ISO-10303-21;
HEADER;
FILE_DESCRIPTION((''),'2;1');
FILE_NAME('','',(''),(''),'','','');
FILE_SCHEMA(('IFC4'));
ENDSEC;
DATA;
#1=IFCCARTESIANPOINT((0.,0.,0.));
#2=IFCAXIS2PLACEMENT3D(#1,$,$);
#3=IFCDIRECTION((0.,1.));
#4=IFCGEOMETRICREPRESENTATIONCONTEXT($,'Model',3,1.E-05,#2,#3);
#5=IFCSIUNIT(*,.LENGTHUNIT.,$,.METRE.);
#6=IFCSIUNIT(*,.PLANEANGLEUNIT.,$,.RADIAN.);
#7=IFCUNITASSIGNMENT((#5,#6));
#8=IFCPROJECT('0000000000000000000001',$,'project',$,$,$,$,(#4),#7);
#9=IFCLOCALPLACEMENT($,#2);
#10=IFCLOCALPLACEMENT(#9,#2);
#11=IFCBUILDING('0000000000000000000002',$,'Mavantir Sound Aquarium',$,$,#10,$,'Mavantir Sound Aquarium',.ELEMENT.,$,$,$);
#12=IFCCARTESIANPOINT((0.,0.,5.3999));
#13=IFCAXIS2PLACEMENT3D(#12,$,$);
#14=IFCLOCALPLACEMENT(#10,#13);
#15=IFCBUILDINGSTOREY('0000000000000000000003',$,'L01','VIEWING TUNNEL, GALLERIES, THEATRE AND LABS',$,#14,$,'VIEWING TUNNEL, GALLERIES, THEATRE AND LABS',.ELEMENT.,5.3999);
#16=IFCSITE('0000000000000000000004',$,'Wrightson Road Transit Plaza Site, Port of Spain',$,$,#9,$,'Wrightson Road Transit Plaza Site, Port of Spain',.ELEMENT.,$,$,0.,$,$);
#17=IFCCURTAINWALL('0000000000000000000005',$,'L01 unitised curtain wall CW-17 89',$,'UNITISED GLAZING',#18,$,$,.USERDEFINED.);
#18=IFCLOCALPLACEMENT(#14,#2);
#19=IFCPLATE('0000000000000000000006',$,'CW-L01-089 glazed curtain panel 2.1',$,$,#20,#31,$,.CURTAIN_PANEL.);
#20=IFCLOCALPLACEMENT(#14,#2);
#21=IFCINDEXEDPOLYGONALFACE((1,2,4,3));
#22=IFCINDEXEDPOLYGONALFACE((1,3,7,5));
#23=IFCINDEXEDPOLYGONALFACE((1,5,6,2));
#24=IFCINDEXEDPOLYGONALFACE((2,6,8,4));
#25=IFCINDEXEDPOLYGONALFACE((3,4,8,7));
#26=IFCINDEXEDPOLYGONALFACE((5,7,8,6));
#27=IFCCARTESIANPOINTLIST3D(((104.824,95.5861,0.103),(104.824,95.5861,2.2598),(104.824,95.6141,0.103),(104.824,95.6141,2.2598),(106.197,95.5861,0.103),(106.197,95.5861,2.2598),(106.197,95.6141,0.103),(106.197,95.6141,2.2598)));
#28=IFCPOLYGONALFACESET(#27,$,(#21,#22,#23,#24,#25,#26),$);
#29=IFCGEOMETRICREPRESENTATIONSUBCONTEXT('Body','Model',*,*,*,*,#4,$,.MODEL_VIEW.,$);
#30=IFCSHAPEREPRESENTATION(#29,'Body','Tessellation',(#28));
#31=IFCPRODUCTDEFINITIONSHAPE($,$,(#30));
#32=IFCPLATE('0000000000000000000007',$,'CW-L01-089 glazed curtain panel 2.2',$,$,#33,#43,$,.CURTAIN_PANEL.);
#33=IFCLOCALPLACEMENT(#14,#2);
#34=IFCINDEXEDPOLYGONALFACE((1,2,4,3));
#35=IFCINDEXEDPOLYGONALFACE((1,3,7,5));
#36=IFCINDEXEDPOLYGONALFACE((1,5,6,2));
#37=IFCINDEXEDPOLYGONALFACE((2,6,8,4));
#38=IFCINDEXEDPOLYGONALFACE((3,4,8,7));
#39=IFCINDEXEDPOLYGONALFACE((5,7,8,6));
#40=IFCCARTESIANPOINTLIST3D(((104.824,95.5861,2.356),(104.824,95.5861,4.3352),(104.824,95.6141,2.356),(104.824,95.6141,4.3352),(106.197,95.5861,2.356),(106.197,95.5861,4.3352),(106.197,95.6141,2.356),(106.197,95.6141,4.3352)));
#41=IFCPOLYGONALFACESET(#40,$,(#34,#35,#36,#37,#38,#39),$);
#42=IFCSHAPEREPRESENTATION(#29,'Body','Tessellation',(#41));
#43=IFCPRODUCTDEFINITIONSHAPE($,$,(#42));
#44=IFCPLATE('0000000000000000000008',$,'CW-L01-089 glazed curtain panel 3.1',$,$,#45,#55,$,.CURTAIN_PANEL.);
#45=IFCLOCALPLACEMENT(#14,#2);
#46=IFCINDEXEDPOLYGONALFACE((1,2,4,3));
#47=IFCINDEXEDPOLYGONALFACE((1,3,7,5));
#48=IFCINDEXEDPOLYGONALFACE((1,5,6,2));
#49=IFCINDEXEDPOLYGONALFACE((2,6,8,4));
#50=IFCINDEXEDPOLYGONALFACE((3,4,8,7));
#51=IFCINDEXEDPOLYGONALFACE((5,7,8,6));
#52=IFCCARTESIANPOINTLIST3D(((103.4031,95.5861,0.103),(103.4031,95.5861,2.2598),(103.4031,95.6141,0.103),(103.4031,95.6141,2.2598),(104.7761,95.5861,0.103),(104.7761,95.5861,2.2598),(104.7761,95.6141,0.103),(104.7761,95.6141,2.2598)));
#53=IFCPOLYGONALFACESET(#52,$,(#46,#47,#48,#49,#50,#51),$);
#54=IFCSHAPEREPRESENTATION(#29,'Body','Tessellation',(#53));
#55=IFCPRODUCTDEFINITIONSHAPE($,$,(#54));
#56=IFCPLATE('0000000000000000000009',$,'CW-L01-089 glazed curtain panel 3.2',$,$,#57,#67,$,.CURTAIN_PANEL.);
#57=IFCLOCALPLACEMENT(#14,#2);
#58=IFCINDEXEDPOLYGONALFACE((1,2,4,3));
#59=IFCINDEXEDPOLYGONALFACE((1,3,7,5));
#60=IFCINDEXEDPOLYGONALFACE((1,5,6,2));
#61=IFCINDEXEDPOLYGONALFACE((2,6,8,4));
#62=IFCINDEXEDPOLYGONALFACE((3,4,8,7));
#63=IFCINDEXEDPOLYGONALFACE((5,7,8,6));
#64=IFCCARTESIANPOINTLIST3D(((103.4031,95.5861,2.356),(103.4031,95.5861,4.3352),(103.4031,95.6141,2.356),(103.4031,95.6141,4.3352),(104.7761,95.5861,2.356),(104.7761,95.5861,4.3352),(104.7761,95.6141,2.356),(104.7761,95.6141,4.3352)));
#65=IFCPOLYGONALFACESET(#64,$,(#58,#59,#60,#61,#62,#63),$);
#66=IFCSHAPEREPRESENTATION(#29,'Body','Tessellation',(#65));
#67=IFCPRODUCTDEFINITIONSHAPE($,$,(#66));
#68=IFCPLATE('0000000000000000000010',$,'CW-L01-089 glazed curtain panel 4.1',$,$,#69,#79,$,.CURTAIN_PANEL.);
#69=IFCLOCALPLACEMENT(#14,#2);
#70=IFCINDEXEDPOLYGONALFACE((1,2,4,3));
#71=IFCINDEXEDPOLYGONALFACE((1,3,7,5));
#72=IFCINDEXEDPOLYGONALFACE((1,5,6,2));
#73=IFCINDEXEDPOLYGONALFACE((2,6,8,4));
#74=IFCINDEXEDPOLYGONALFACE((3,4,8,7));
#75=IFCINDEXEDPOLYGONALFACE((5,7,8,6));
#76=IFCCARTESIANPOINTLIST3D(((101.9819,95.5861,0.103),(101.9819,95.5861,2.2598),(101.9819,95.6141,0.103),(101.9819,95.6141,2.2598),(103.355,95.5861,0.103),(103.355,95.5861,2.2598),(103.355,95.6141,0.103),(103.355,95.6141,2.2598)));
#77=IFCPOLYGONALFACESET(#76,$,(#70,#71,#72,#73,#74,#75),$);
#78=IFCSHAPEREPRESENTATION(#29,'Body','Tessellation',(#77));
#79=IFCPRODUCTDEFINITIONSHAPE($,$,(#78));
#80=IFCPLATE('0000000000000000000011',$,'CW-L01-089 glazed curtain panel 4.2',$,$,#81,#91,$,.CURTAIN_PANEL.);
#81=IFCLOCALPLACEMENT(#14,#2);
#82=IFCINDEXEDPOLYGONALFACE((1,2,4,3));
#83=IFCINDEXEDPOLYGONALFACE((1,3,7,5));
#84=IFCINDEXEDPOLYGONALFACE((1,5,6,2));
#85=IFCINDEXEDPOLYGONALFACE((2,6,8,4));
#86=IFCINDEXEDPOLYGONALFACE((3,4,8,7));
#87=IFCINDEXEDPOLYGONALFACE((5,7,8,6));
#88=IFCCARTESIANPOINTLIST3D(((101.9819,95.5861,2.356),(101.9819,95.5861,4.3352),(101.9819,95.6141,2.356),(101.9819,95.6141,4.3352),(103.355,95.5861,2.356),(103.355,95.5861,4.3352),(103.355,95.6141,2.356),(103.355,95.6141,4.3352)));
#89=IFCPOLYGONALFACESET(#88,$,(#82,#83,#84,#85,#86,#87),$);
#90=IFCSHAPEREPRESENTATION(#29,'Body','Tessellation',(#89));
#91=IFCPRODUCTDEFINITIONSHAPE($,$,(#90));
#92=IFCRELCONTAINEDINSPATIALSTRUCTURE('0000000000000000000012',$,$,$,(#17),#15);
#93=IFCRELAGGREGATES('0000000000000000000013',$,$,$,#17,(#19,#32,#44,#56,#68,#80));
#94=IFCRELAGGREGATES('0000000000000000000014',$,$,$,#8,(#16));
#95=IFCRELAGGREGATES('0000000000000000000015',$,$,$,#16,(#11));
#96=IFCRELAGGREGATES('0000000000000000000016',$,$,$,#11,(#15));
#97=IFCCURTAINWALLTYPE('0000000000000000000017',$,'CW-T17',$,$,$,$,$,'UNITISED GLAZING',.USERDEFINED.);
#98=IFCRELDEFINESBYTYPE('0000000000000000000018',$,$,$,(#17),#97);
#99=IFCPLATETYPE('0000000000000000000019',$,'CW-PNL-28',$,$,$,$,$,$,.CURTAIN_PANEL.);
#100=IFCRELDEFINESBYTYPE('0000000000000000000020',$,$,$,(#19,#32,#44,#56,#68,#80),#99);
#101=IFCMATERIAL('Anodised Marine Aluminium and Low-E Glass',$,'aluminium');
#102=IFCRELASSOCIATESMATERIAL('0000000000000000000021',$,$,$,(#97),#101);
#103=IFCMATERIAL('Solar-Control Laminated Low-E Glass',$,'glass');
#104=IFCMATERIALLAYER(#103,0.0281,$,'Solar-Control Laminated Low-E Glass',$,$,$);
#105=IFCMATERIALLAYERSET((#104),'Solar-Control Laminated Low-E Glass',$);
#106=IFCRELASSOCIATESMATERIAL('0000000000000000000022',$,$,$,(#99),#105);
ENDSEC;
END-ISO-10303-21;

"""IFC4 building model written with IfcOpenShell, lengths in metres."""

from ifc_helpers import new_model, si_unit, direction, frame, origin, origin_2d, place, context, subcontext, project, spatial, rectangle, extrude, material, layer, layer_set, type_object, element, aggregate, save


model = new_model("IFC4")

# Units and contexts
model_context = context("Model", 3, precision=1e-05, world=origin(), true_north=direction((0.0, 1.0)))
body_context = subcontext(model_context, "Body", "Model", "MODEL_VIEW")
ifc_project = project(units=[si_unit("LENGTHUNIT", "METRE"), si_unit("PLANEANGLEUNIT", "RADIAN")], contexts=[model_context])

# Site, building, storey
site_placement = place(None, origin())
site = spatial("IfcSite", under=ifc_project, at=site_placement, Name="Wrightson Road Transit Plaza Site, Port of Spain", LongName="Wrightson Road Transit Plaza Site, Port of Spain", CompositionType="ELEMENT", RefElevation=0.0)
building_placement = place(site_placement, origin())
building = spatial("IfcBuilding", under=site, at=building_placement, Name="Mavantir Sound Aquarium", LongName="Mavantir Sound Aquarium", CompositionType="ELEMENT")
storey_placement = place(building_placement, frame((0.0, 0.0, 5.3999)))
storey = spatial("IfcBuildingStorey", under=building, at=storey_placement, Name="L01", Description="VIEWING TUNNEL, GALLERIES, THEATRE AND LABS", LongName="VIEWING TUNNEL, GALLERIES, THEATRE AND LABS", CompositionType="ELEMENT", Elevation=5.3999)

# Curtain wall, plates
ifc_material_1 = material(Name="Anodised Marine Aluminium and Low-E Glass", Category="aluminium")
curtain_wall_type = type_object("IfcCurtainWallType", Name="CW-T17", ElementType="UNITISED GLAZING", PredefinedType="USERDEFINED", material=ifc_material_1)
curtain_wall_placement = place(storey_placement, origin())
curtain_wall = element("IfcCurtainWall", 1, at=curtain_wall_placement, inside=storey, type_object=curtain_wall_type, Name="L01 unitised curtain wall CW-17 89", ObjectType="UNITISED GLAZING", PredefinedType="USERDEFINED")
ifc_material_2 = material(Name="Solar-Control Laminated Low-E Glass", Category="glass")
ifc_layer = layer(ifc_material_2, 0.0281, Name="Solar-Control Laminated Low-E Glass")
ifc_layer_set = layer_set([ifc_layer], Name="Solar-Control Laminated Low-E Glass")
plate_type = type_object("IfcPlateType", Name="CW-PNL-28", PredefinedType="CURTAIN_PANEL", material=ifc_layer_set)
plate_1_placement = place(storey_placement, frame((105.5105, 95.6001, 0.103), z_axis=(0.0, 0.0, 1.0), x_axis=(-1.0, 0.0, 0.0)))
plate_1 = element("IfcPlate", 2, at=plate_1_placement, type_object=plate_type, Name="CW-L01-089 glazed curtain panel 2.1", PredefinedType="CURTAIN_PANEL", context=body_context, shape_type="SweptSolid", body=[
    extrude(rectangle(XDim=1.373, YDim=0.0281, at=origin_2d()), origin(), (0.0, 0.0, 1.0), 2.1567),
])
plate_2_placement = place(storey_placement, frame((105.5105, 95.6001, 2.356), z_axis=(0.0, 0.0, 1.0), x_axis=(-1.0, 0.0, 0.0)))
plate_2 = element("IfcPlate", 3, at=plate_2_placement, type_object=plate_type, Name="CW-L01-089 glazed curtain panel 2.2", PredefinedType="CURTAIN_PANEL", context=body_context, shape_type="SweptSolid", body=[
    extrude(rectangle(XDim=1.373, YDim=0.0281, at=origin_2d()), origin(), (0.0, 0.0, 1.0), 1.9792),
])
plate_3_placement = place(storey_placement, frame((104.0896, 95.6001, 0.103), z_axis=(0.0, 0.0, 1.0), x_axis=(-1.0, 0.0, 0.0)))
plate_3 = element("IfcPlate", 4, at=plate_3_placement, type_object=plate_type, Name="CW-L01-089 glazed curtain panel 3.1", PredefinedType="CURTAIN_PANEL", context=body_context, shape_type="SweptSolid", body=[
    extrude(rectangle(XDim=1.373, YDim=0.0281, at=origin_2d()), origin(), (0.0, 0.0, 1.0), 2.1567),
])
plate_4_placement = place(storey_placement, frame((104.0896, 95.6001, 2.356), z_axis=(0.0, 0.0, 1.0), x_axis=(-1.0, 0.0, 0.0)))
plate_4 = element("IfcPlate", 5, at=plate_4_placement, type_object=plate_type, Name="CW-L01-089 glazed curtain panel 3.2", PredefinedType="CURTAIN_PANEL", context=body_context, shape_type="SweptSolid", body=[
    extrude(rectangle(XDim=1.373, YDim=0.0281, at=origin_2d()), origin(), (0.0, 0.0, 1.0), 1.9792),
])
plate_5_placement = place(storey_placement, frame((102.6685, 95.6001, 0.103), z_axis=(0.0, 0.0, 1.0), x_axis=(-1.0, 0.0, 0.0)))
plate_5 = element("IfcPlate", 6, at=plate_5_placement, type_object=plate_type, Name="CW-L01-089 glazed curtain panel 4.1", PredefinedType="CURTAIN_PANEL", context=body_context, shape_type="SweptSolid", body=[
    extrude(rectangle(XDim=1.373, YDim=0.0281, at=origin_2d()), origin(), (0.0, 0.0, 1.0), 2.1567),
])
plate_6_placement = place(storey_placement, frame((102.6685, 95.6001, 2.356), z_axis=(0.0, 0.0, 1.0), x_axis=(-1.0, 0.0, 0.0)))
plate_6 = element("IfcPlate", 7, at=plate_6_placement, type_object=plate_type, Name="CW-L01-089 glazed curtain panel 4.2", PredefinedType="CURTAIN_PANEL", context=body_context, shape_type="SweptSolid", body=[
    extrude(rectangle(XDim=1.373, YDim=0.0281, at=origin_2d()), origin(), (0.0, 0.0, 1.0), 1.9792),
])
aggregate(curtain_wall, [plate_1, plate_2, plate_3, plate_4, plate_5, plate_6])

save(model, "model.ifc")
